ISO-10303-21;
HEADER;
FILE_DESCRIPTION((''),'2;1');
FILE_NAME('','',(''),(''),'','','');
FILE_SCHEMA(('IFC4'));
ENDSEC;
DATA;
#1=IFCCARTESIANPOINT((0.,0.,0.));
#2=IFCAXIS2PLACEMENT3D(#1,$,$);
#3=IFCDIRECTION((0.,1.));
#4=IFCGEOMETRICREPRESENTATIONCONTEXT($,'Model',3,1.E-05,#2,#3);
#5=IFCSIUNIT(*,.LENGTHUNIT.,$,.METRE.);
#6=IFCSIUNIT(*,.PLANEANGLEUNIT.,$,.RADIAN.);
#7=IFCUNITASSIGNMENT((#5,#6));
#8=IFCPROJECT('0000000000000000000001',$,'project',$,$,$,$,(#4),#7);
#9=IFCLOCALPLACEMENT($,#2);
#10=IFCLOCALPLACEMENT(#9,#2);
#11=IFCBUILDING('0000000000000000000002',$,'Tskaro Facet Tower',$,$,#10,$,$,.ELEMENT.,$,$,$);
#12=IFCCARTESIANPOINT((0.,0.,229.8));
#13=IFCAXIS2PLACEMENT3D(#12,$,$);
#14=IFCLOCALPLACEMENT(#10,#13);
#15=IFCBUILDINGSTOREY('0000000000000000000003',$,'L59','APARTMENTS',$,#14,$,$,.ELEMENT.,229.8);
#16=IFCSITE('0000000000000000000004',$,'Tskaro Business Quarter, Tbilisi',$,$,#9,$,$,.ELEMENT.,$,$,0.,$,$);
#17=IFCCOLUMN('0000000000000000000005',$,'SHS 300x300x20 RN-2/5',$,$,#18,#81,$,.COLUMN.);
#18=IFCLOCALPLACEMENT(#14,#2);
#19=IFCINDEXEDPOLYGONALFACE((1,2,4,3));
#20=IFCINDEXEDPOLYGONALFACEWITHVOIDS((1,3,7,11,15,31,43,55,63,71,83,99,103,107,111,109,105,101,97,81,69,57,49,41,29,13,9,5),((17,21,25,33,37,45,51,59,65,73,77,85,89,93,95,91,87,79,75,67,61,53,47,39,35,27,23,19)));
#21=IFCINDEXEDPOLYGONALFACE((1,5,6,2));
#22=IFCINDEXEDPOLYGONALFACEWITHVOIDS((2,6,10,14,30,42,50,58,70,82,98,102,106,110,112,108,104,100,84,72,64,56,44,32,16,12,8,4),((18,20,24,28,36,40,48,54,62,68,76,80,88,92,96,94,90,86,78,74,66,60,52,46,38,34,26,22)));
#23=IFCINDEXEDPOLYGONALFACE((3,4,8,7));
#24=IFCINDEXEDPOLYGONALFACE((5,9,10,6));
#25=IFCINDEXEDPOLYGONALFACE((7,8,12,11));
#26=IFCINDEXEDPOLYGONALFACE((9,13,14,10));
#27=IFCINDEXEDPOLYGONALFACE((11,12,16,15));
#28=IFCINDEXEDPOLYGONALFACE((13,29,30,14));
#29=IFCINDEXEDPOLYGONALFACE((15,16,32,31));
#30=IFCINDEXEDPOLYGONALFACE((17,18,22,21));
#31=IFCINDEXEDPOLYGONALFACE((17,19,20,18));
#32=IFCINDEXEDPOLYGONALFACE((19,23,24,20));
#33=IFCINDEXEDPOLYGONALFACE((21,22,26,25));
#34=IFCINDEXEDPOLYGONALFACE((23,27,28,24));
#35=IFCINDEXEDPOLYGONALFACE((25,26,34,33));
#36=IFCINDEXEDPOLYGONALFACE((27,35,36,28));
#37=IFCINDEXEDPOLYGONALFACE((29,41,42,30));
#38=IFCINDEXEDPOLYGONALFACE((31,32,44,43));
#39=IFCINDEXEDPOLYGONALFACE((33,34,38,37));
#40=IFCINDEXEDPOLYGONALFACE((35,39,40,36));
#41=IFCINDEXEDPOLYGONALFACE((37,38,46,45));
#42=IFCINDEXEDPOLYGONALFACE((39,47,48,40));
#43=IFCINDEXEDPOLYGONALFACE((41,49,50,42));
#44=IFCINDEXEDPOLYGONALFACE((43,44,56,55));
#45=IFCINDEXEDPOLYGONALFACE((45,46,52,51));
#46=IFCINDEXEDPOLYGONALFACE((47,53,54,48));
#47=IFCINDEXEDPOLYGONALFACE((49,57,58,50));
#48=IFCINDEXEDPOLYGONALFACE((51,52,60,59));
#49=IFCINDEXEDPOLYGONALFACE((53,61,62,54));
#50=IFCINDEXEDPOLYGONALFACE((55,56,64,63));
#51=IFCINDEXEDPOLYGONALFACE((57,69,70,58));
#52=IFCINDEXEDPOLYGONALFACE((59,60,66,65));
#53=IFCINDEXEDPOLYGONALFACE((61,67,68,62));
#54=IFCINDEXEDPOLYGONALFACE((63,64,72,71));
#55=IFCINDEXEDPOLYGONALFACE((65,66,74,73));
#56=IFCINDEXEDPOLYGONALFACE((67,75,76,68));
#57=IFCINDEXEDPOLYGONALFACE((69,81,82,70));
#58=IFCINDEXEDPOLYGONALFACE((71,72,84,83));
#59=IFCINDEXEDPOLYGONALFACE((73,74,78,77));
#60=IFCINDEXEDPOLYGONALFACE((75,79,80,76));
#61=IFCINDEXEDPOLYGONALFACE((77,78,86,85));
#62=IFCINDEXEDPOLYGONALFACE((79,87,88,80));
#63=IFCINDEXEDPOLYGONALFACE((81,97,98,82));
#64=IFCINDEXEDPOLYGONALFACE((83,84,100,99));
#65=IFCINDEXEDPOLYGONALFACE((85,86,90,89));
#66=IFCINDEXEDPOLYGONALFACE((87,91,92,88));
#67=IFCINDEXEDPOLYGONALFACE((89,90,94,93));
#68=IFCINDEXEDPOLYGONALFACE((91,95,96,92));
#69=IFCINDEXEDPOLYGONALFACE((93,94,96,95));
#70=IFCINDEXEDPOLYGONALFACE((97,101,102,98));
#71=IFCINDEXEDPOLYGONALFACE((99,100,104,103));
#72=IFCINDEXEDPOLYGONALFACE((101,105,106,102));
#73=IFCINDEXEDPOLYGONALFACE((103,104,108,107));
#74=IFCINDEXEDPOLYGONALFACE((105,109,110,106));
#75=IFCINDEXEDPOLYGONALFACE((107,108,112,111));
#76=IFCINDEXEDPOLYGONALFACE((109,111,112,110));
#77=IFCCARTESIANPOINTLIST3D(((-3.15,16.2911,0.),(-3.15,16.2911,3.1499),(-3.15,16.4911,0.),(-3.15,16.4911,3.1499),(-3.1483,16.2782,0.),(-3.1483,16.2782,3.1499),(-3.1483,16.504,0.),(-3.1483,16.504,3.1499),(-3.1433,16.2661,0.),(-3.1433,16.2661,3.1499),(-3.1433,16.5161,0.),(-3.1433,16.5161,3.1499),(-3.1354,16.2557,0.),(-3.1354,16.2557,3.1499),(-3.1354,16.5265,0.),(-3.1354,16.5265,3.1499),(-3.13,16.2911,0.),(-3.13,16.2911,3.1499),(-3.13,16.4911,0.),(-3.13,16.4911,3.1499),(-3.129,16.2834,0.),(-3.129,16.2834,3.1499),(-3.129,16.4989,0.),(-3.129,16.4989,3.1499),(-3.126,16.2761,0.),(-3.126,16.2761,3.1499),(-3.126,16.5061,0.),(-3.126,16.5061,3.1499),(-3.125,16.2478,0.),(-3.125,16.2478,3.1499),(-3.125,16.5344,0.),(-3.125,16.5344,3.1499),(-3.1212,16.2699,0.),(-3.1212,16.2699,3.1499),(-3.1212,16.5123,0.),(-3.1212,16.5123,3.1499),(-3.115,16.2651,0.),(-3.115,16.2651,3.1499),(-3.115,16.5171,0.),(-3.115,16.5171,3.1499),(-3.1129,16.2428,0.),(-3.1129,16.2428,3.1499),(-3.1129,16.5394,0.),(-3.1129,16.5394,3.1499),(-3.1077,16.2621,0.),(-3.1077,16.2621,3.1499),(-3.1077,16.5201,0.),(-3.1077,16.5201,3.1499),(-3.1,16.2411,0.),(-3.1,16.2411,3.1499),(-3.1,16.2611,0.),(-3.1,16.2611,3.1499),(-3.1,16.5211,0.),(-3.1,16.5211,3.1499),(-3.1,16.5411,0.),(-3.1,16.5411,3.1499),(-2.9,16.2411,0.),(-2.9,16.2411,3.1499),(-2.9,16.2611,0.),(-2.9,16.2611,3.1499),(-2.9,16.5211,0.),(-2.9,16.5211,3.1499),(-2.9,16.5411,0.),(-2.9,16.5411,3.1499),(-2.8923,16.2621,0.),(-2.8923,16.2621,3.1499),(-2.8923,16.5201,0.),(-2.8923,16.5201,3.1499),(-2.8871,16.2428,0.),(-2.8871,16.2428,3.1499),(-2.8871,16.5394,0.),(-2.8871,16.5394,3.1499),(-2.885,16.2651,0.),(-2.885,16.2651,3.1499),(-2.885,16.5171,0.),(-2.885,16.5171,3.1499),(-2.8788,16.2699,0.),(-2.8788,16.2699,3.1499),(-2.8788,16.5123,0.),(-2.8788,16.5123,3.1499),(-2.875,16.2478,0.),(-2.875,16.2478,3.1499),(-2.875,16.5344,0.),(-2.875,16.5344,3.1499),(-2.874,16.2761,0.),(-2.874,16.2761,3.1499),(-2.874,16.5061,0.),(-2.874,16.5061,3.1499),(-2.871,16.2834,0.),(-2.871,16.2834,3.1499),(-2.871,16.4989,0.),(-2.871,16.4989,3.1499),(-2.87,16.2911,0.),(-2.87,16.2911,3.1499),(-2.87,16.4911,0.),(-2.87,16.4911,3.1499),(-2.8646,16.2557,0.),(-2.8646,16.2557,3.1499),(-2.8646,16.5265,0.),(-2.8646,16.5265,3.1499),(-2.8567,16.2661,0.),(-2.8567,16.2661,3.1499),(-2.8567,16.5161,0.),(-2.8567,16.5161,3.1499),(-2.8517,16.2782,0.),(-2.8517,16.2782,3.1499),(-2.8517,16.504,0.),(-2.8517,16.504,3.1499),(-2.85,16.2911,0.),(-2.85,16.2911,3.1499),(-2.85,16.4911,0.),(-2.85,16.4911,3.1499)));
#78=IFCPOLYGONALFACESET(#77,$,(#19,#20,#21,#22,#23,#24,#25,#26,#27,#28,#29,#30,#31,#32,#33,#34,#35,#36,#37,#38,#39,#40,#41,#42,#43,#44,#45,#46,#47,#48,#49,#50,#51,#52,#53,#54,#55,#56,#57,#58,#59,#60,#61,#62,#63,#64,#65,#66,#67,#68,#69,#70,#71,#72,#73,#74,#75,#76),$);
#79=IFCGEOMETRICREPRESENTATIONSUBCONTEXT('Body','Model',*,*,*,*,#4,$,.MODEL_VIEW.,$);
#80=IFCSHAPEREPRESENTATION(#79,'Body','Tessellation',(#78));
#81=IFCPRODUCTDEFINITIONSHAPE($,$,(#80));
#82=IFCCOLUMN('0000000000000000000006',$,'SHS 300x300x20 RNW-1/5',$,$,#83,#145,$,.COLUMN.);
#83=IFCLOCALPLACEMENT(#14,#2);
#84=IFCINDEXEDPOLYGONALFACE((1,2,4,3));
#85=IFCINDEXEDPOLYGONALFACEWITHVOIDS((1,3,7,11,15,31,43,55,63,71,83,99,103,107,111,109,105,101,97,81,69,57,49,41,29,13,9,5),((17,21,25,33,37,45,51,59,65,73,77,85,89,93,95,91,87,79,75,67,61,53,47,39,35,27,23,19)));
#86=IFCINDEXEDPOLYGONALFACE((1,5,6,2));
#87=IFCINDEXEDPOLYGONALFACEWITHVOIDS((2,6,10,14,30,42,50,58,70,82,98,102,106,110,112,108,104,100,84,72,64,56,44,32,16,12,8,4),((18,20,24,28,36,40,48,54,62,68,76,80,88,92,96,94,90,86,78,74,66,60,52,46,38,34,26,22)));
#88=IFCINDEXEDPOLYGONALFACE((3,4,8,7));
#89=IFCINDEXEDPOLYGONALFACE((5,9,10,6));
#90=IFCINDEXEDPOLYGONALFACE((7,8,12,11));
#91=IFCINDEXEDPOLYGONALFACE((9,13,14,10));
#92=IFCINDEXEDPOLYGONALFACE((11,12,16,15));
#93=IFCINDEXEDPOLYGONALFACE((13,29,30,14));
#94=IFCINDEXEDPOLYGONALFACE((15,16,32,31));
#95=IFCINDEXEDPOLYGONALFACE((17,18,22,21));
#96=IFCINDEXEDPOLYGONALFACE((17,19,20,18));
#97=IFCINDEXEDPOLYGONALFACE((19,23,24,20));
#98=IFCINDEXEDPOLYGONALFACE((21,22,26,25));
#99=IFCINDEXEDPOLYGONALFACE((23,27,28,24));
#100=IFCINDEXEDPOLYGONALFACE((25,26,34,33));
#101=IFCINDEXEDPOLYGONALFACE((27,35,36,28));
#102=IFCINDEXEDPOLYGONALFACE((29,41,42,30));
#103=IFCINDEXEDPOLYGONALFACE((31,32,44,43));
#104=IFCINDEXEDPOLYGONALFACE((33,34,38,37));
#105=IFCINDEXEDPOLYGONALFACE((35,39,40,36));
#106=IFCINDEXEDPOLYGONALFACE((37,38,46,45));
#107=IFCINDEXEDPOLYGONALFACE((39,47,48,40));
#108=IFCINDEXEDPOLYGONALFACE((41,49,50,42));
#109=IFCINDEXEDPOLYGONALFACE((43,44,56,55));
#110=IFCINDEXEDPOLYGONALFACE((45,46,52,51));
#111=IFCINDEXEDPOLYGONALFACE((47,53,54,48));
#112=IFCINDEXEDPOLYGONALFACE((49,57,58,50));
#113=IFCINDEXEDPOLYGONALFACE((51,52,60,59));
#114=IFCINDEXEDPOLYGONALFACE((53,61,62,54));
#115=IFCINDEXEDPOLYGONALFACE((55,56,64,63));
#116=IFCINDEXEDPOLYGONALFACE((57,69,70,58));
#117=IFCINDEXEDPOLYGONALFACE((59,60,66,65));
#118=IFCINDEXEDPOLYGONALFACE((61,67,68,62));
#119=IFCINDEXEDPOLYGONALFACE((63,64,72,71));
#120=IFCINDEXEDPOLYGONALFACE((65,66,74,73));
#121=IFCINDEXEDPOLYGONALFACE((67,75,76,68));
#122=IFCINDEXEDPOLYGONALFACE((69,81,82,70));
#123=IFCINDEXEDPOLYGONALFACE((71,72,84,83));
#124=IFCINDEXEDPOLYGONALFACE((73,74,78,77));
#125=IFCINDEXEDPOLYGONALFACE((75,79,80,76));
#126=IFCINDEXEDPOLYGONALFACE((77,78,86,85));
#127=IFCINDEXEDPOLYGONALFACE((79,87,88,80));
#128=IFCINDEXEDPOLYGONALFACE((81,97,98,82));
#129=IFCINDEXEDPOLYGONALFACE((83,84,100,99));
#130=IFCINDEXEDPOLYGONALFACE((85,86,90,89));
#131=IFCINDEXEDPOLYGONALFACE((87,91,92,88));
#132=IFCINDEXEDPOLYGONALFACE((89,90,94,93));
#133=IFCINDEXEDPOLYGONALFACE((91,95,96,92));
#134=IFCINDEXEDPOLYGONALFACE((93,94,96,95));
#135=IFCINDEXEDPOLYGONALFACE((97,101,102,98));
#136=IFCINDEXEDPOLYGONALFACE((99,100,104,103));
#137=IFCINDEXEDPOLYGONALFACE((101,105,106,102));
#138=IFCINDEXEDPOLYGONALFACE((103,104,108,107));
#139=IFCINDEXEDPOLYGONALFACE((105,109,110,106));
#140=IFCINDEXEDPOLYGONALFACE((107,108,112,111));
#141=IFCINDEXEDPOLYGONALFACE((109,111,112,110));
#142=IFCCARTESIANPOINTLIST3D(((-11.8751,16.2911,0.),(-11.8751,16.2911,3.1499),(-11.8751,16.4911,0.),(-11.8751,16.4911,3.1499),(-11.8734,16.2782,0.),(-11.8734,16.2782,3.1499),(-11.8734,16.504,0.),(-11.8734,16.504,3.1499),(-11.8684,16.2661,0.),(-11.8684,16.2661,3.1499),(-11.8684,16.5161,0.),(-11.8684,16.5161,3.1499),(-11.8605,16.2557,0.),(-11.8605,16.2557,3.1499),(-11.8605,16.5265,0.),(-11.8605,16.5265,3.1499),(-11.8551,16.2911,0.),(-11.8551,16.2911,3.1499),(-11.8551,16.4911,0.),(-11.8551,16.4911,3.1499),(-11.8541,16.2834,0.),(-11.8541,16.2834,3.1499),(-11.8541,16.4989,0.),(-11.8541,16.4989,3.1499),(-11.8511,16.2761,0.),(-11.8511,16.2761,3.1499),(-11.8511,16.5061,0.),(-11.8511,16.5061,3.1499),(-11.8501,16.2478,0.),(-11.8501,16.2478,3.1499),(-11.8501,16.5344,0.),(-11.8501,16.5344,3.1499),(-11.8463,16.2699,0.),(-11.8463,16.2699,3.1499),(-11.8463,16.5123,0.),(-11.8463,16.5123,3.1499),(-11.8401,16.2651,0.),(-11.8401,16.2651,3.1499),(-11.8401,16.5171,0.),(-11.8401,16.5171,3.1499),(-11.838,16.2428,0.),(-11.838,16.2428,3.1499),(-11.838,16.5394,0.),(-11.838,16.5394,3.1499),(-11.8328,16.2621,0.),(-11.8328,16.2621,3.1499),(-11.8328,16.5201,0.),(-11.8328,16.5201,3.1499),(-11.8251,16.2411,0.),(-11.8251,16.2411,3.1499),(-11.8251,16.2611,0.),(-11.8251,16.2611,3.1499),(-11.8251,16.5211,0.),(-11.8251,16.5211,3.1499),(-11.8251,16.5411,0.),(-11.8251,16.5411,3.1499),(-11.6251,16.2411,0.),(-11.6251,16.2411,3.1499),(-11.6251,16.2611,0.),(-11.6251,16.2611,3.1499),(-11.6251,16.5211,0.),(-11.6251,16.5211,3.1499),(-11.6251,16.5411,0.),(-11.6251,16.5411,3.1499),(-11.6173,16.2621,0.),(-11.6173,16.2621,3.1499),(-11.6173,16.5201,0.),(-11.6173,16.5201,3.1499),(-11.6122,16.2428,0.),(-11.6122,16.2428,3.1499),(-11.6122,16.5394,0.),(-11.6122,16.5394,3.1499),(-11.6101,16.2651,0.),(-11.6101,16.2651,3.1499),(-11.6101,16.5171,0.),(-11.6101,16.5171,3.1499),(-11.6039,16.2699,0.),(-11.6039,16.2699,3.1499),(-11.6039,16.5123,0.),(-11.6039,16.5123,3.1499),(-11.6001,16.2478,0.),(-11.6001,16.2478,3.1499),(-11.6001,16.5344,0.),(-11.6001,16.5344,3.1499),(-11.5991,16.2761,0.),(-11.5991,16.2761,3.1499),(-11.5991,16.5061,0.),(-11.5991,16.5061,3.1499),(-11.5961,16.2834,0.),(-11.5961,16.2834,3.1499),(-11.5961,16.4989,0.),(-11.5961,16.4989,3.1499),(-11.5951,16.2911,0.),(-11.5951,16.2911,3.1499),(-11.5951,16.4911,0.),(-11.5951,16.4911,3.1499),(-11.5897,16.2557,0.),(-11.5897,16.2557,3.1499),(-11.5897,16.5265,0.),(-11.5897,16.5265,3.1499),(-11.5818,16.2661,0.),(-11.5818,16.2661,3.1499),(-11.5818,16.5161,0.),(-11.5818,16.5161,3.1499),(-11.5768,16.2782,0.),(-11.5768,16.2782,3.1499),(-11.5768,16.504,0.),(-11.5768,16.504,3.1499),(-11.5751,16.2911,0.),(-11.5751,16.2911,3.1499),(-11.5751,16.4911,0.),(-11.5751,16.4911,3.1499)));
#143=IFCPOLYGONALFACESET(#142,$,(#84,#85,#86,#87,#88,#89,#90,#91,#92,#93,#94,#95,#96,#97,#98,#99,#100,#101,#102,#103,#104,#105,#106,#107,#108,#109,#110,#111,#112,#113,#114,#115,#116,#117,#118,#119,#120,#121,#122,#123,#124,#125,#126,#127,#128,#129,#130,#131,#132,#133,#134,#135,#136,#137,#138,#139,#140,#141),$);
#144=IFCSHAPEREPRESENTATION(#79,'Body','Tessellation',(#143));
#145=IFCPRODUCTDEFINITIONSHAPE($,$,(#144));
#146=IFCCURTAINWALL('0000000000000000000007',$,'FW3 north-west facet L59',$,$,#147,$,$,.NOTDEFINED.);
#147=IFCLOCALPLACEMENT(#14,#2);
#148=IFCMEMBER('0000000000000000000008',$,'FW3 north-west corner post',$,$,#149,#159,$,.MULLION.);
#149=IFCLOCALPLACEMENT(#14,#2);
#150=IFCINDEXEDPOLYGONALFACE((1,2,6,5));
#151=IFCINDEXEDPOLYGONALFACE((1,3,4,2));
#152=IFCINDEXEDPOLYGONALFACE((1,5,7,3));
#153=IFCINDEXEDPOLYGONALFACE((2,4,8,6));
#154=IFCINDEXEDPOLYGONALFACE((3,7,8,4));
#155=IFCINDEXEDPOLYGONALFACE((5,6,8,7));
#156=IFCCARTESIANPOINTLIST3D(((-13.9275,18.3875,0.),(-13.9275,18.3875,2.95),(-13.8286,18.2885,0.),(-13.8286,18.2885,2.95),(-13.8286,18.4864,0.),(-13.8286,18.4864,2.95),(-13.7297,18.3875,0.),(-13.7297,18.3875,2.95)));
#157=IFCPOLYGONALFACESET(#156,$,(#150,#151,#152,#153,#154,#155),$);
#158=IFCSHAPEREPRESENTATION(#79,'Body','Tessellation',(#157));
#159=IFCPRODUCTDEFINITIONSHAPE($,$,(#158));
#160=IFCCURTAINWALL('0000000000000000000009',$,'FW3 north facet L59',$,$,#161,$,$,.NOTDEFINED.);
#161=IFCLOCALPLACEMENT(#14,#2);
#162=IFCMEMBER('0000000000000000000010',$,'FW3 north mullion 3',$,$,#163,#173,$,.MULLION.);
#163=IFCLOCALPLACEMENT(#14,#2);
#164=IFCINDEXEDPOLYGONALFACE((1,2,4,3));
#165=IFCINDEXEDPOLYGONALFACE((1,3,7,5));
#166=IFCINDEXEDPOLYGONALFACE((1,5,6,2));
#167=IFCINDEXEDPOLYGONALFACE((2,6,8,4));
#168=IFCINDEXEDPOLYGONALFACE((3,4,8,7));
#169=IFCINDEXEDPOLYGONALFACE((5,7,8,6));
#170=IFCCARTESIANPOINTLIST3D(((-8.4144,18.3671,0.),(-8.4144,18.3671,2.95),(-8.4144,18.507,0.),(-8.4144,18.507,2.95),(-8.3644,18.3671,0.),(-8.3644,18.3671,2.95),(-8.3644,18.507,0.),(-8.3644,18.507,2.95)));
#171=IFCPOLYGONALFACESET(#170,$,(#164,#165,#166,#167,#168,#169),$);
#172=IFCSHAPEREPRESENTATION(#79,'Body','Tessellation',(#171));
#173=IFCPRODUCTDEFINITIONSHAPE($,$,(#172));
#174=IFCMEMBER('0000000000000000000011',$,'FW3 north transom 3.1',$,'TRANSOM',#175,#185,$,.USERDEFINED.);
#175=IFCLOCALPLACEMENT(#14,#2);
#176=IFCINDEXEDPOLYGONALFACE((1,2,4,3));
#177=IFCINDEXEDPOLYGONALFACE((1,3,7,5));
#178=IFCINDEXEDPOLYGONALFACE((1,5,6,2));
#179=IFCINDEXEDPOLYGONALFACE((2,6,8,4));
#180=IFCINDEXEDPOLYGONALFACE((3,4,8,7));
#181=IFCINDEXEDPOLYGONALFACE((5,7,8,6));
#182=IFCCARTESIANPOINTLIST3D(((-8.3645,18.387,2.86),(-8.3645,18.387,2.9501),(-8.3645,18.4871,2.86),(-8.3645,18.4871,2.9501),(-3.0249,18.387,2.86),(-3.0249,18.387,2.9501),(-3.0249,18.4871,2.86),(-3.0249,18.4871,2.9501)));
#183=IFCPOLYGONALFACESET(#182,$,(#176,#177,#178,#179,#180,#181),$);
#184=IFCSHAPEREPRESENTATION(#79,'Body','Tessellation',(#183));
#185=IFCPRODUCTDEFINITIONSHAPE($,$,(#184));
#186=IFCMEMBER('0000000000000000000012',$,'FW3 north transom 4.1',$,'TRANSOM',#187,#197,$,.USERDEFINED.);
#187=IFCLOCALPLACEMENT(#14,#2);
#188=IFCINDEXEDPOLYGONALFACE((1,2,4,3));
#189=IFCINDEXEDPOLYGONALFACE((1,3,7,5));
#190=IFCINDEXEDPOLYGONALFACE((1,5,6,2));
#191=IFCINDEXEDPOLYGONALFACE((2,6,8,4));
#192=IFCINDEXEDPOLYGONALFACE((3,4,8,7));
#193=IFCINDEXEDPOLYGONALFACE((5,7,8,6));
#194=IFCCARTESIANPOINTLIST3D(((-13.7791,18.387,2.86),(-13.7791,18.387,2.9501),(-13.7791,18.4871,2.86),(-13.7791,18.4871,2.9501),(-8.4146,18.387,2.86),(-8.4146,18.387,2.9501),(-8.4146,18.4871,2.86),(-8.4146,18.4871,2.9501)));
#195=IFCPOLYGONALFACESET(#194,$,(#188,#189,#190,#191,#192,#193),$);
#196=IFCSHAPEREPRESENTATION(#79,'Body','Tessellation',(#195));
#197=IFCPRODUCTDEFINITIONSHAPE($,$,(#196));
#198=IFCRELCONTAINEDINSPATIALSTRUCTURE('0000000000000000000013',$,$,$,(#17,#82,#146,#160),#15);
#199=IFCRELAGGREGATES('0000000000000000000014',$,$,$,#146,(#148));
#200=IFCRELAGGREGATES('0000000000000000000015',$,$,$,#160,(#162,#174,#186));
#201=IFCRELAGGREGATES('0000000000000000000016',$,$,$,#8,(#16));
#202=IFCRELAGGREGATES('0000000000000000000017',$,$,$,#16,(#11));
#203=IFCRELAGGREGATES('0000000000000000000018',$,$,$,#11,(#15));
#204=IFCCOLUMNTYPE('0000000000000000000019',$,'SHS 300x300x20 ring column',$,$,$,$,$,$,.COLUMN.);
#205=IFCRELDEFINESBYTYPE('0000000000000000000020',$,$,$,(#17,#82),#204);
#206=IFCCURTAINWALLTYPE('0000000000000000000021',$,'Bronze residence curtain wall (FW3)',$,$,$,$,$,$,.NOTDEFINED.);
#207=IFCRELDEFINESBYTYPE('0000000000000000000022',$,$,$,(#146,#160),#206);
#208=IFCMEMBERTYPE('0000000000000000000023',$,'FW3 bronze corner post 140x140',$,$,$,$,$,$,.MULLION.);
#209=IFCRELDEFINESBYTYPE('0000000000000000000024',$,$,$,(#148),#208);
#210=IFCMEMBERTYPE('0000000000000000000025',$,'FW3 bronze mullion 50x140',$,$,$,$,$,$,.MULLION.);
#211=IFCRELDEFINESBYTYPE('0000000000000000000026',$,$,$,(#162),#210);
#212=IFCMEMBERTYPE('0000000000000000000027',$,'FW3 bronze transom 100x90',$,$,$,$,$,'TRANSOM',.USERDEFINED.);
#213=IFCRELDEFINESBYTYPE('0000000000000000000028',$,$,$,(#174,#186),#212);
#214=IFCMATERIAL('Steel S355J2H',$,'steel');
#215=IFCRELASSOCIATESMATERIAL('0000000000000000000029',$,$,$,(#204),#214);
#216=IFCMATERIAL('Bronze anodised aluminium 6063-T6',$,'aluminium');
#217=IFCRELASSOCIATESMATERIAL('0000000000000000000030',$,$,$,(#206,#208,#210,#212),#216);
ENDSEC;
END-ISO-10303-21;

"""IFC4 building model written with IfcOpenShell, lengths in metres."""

from ifc_helpers import new_model, si_unit, direction, frame, origin, origin_2d, place, context, subcontext, project, spatial, rectangle, hollow_rectangle, extrude, material, material_profile, profile_set, type_object, element, aggregate, save


model = new_model("IFC4")

# Units and contexts
model_context = context("Model", 3, precision=1e-05, world=origin(), true_north=direction((0.0, 1.0)))
body_context = subcontext(model_context, "Body", "Model", "MODEL_VIEW")
ifc_project = project(units=[si_unit("LENGTHUNIT", "METRE"), si_unit("PLANEANGLEUNIT", "RADIAN")], contexts=[model_context])

# Site, building, storey
site_placement = place(None, origin())
site = spatial("IfcSite", under=ifc_project, at=site_placement, Name="Tskaro Business Quarter, Tbilisi", CompositionType="ELEMENT", RefElevation=0.0)
building_placement = place(site_placement, origin())
building = spatial("IfcBuilding", under=site, at=building_placement, Name="Tskaro Facet Tower", CompositionType="ELEMENT")
storey_placement = place(building_placement, frame((0.0, 0.0, 229.8)))
storey = spatial("IfcBuildingStorey", under=building, at=storey_placement, Name="L59", Description="APARTMENTS", CompositionType="ELEMENT", Elevation=229.8)

# Columns
ifc_material_1 = material(Name="Steel S355J2H", Category="steel")
ifc_material_profile_1 = material_profile(ifc_material_1, hollow_rectangle(XDim=0.3, YDim=0.3, WallThickness=0.02, InnerFilletRadius=0.03, OuterFilletRadius=0.05, at=origin_2d()), Name="SHS 300x300x20")
ifc_profile_set_1 = profile_set([ifc_material_profile_1], Name="Steel S355J2H")
column_type = type_object("IfcColumnType", Name="SHS 300x300x20 ring column", PredefinedType="COLUMN", material=ifc_profile_set_1)
for number, where, z_axis, x_axis, name in (
    (1, (-3.0, 16.3911, 0.0), (0.0, 0.0, 1.0), (1.0, 0.0, 0.0), "SHS 300x300x20 RN-2/5"),
    (2, (-11.7251, 16.3911, 0.0), (0.0, 0.0, 1.0), (1.0, 0.0, 0.0), "SHS 300x300x20 RNW-1/5"),
):
    element("IfcColumn", number, at=place(storey_placement, frame(where, z_axis=z_axis, x_axis=x_axis)), inside=storey, type_object=column_type, Name=name, PredefinedType="COLUMN", context=body_context, shape_type="SweptSolid", body=[
        extrude(hollow_rectangle(XDim=0.3, YDim=0.3, WallThickness=0.02, InnerFilletRadius=0.03, OuterFilletRadius=0.05, at=origin_2d()), origin(), (0.0, 0.0, 1.0), 3.1499),
    ])

# Curtain wall, member
ifc_material_2 = material(Name="Bronze anodised aluminium 6063-T6", Category="aluminium")
curtain_wall_type = type_object("IfcCurtainWallType", Name="Bronze residence curtain wall (FW3)", PredefinedType="NOTDEFINED", material=ifc_material_2)
curtain_wall_1_placement = place(storey_placement, origin())
curtain_wall_1 = element("IfcCurtainWall", 3, at=curtain_wall_1_placement, inside=storey, type_object=curtain_wall_type, Name="FW3 north-west facet L59", PredefinedType="NOTDEFINED")
ifc_material_profile_2 = material_profile(ifc_material_2, rectangle(XDim=0.1399, YDim=0.1399, at=origin_2d()), Name="Corner post 140x140")
ifc_profile_set_2 = profile_set([ifc_material_profile_2], Name="Bronze anodised aluminium 6063-T6")
member_type_1 = type_object("IfcMemberType", Name="FW3 bronze corner post 140x140", PredefinedType="MULLION", material=ifc_profile_set_2)
member_1_placement = place(storey_placement, frame((-13.8286, 18.3875, 0.0), z_axis=(0.0, 0.0, 1.0), x_axis=(-0.707107, -0.707107, 0.0)))
member_1 = element("IfcMember", 4, at=member_1_placement, type_object=member_type_1, Name="FW3 north-west corner post", PredefinedType="MULLION", context=body_context, shape_type="SweptSolid", body=[
    extrude(rectangle(XDim=0.1399, YDim=0.1399, at=origin_2d()), origin(), (0.0, 0.0, 1.0), 2.95),
])

# Curtain wall, members
curtain_wall_2_placement = place(storey_placement, origin())
curtain_wall_2 = element("IfcCurtainWall", 5, at=curtain_wall_2_placement, inside=storey, type_object=curtain_wall_type, Name="FW3 north facet L59", PredefinedType="NOTDEFINED")
ifc_material_profile_3 = material_profile(ifc_material_2, rectangle(XDim=0.05, YDim=0.1399, at=origin_2d()), Name="Mullion 50x140")
ifc_profile_set_3 = profile_set([ifc_material_profile_3], Name="Bronze anodised aluminium 6063-T6")
member_type_2 = type_object("IfcMemberType", Name="FW3 bronze mullion 50x140", PredefinedType="MULLION", material=ifc_profile_set_3)
member_2_placement = place(storey_placement, frame((-8.3894, 18.437, 0.0), z_axis=(0.0, 0.0, 1.0), x_axis=(-1.0, 0.0, 0.0)))
member_2 = element("IfcMember", 6, at=member_2_placement, type_object=member_type_2, Name="FW3 north mullion 3", PredefinedType="MULLION", context=body_context, shape_type="SweptSolid", body=[
    extrude(rectangle(XDim=0.05, YDim=0.1399, at=origin_2d()), origin(), (0.0, 0.0, 1.0), 2.95),
])
ifc_material_profile_4 = material_profile(ifc_material_2, rectangle(XDim=0.1001, YDim=0.0901, at=origin_2d()), Name="Transom 100x90")
ifc_profile_set_4 = profile_set([ifc_material_profile_4], Name="Bronze anodised aluminium 6063-T6")
member_type_3 = type_object("IfcMemberType", Name="FW3 bronze transom 100x90", ElementType="TRANSOM", PredefinedType="USERDEFINED", material=ifc_profile_set_4)
member_3_placement = place(storey_placement, frame((-3.0249, 18.437, 2.905), z_axis=(-1.0, 0.0, 0.0), x_axis=(0.0, -1.0, 0.0)))
member_3 = element("IfcMember", 7, at=member_3_placement, type_object=member_type_3, Name="FW3 north transom 3.1", ObjectType="TRANSOM", PredefinedType="USERDEFINED", context=body_context, shape_type="SweptSolid", body=[
    extrude(rectangle(XDim=0.1001, YDim=0.0901, at=origin_2d()), origin(), (0.0, 0.0, 1.0), 5.3396),
])
member_4_placement = place(storey_placement, frame((-8.4146, 18.437, 2.905), z_axis=(-1.0, 0.0, 0.0), x_axis=(0.0, -1.0, 0.0)))
member_4 = element("IfcMember", 8, at=member_4_placement, type_object=member_type_3, Name="FW3 north transom 4.1", ObjectType="TRANSOM", PredefinedType="USERDEFINED", context=body_context, shape_type="SweptSolid", body=[
    extrude(rectangle(XDim=0.1001, YDim=0.0901, at=origin_2d()), origin(), (0.0, 0.0, 1.0), 5.3645),
])

aggregate(curtain_wall_1, [member_1])

aggregate(curtain_wall_2, [member_2, member_3, member_4])

save(model, "model.ifc")
